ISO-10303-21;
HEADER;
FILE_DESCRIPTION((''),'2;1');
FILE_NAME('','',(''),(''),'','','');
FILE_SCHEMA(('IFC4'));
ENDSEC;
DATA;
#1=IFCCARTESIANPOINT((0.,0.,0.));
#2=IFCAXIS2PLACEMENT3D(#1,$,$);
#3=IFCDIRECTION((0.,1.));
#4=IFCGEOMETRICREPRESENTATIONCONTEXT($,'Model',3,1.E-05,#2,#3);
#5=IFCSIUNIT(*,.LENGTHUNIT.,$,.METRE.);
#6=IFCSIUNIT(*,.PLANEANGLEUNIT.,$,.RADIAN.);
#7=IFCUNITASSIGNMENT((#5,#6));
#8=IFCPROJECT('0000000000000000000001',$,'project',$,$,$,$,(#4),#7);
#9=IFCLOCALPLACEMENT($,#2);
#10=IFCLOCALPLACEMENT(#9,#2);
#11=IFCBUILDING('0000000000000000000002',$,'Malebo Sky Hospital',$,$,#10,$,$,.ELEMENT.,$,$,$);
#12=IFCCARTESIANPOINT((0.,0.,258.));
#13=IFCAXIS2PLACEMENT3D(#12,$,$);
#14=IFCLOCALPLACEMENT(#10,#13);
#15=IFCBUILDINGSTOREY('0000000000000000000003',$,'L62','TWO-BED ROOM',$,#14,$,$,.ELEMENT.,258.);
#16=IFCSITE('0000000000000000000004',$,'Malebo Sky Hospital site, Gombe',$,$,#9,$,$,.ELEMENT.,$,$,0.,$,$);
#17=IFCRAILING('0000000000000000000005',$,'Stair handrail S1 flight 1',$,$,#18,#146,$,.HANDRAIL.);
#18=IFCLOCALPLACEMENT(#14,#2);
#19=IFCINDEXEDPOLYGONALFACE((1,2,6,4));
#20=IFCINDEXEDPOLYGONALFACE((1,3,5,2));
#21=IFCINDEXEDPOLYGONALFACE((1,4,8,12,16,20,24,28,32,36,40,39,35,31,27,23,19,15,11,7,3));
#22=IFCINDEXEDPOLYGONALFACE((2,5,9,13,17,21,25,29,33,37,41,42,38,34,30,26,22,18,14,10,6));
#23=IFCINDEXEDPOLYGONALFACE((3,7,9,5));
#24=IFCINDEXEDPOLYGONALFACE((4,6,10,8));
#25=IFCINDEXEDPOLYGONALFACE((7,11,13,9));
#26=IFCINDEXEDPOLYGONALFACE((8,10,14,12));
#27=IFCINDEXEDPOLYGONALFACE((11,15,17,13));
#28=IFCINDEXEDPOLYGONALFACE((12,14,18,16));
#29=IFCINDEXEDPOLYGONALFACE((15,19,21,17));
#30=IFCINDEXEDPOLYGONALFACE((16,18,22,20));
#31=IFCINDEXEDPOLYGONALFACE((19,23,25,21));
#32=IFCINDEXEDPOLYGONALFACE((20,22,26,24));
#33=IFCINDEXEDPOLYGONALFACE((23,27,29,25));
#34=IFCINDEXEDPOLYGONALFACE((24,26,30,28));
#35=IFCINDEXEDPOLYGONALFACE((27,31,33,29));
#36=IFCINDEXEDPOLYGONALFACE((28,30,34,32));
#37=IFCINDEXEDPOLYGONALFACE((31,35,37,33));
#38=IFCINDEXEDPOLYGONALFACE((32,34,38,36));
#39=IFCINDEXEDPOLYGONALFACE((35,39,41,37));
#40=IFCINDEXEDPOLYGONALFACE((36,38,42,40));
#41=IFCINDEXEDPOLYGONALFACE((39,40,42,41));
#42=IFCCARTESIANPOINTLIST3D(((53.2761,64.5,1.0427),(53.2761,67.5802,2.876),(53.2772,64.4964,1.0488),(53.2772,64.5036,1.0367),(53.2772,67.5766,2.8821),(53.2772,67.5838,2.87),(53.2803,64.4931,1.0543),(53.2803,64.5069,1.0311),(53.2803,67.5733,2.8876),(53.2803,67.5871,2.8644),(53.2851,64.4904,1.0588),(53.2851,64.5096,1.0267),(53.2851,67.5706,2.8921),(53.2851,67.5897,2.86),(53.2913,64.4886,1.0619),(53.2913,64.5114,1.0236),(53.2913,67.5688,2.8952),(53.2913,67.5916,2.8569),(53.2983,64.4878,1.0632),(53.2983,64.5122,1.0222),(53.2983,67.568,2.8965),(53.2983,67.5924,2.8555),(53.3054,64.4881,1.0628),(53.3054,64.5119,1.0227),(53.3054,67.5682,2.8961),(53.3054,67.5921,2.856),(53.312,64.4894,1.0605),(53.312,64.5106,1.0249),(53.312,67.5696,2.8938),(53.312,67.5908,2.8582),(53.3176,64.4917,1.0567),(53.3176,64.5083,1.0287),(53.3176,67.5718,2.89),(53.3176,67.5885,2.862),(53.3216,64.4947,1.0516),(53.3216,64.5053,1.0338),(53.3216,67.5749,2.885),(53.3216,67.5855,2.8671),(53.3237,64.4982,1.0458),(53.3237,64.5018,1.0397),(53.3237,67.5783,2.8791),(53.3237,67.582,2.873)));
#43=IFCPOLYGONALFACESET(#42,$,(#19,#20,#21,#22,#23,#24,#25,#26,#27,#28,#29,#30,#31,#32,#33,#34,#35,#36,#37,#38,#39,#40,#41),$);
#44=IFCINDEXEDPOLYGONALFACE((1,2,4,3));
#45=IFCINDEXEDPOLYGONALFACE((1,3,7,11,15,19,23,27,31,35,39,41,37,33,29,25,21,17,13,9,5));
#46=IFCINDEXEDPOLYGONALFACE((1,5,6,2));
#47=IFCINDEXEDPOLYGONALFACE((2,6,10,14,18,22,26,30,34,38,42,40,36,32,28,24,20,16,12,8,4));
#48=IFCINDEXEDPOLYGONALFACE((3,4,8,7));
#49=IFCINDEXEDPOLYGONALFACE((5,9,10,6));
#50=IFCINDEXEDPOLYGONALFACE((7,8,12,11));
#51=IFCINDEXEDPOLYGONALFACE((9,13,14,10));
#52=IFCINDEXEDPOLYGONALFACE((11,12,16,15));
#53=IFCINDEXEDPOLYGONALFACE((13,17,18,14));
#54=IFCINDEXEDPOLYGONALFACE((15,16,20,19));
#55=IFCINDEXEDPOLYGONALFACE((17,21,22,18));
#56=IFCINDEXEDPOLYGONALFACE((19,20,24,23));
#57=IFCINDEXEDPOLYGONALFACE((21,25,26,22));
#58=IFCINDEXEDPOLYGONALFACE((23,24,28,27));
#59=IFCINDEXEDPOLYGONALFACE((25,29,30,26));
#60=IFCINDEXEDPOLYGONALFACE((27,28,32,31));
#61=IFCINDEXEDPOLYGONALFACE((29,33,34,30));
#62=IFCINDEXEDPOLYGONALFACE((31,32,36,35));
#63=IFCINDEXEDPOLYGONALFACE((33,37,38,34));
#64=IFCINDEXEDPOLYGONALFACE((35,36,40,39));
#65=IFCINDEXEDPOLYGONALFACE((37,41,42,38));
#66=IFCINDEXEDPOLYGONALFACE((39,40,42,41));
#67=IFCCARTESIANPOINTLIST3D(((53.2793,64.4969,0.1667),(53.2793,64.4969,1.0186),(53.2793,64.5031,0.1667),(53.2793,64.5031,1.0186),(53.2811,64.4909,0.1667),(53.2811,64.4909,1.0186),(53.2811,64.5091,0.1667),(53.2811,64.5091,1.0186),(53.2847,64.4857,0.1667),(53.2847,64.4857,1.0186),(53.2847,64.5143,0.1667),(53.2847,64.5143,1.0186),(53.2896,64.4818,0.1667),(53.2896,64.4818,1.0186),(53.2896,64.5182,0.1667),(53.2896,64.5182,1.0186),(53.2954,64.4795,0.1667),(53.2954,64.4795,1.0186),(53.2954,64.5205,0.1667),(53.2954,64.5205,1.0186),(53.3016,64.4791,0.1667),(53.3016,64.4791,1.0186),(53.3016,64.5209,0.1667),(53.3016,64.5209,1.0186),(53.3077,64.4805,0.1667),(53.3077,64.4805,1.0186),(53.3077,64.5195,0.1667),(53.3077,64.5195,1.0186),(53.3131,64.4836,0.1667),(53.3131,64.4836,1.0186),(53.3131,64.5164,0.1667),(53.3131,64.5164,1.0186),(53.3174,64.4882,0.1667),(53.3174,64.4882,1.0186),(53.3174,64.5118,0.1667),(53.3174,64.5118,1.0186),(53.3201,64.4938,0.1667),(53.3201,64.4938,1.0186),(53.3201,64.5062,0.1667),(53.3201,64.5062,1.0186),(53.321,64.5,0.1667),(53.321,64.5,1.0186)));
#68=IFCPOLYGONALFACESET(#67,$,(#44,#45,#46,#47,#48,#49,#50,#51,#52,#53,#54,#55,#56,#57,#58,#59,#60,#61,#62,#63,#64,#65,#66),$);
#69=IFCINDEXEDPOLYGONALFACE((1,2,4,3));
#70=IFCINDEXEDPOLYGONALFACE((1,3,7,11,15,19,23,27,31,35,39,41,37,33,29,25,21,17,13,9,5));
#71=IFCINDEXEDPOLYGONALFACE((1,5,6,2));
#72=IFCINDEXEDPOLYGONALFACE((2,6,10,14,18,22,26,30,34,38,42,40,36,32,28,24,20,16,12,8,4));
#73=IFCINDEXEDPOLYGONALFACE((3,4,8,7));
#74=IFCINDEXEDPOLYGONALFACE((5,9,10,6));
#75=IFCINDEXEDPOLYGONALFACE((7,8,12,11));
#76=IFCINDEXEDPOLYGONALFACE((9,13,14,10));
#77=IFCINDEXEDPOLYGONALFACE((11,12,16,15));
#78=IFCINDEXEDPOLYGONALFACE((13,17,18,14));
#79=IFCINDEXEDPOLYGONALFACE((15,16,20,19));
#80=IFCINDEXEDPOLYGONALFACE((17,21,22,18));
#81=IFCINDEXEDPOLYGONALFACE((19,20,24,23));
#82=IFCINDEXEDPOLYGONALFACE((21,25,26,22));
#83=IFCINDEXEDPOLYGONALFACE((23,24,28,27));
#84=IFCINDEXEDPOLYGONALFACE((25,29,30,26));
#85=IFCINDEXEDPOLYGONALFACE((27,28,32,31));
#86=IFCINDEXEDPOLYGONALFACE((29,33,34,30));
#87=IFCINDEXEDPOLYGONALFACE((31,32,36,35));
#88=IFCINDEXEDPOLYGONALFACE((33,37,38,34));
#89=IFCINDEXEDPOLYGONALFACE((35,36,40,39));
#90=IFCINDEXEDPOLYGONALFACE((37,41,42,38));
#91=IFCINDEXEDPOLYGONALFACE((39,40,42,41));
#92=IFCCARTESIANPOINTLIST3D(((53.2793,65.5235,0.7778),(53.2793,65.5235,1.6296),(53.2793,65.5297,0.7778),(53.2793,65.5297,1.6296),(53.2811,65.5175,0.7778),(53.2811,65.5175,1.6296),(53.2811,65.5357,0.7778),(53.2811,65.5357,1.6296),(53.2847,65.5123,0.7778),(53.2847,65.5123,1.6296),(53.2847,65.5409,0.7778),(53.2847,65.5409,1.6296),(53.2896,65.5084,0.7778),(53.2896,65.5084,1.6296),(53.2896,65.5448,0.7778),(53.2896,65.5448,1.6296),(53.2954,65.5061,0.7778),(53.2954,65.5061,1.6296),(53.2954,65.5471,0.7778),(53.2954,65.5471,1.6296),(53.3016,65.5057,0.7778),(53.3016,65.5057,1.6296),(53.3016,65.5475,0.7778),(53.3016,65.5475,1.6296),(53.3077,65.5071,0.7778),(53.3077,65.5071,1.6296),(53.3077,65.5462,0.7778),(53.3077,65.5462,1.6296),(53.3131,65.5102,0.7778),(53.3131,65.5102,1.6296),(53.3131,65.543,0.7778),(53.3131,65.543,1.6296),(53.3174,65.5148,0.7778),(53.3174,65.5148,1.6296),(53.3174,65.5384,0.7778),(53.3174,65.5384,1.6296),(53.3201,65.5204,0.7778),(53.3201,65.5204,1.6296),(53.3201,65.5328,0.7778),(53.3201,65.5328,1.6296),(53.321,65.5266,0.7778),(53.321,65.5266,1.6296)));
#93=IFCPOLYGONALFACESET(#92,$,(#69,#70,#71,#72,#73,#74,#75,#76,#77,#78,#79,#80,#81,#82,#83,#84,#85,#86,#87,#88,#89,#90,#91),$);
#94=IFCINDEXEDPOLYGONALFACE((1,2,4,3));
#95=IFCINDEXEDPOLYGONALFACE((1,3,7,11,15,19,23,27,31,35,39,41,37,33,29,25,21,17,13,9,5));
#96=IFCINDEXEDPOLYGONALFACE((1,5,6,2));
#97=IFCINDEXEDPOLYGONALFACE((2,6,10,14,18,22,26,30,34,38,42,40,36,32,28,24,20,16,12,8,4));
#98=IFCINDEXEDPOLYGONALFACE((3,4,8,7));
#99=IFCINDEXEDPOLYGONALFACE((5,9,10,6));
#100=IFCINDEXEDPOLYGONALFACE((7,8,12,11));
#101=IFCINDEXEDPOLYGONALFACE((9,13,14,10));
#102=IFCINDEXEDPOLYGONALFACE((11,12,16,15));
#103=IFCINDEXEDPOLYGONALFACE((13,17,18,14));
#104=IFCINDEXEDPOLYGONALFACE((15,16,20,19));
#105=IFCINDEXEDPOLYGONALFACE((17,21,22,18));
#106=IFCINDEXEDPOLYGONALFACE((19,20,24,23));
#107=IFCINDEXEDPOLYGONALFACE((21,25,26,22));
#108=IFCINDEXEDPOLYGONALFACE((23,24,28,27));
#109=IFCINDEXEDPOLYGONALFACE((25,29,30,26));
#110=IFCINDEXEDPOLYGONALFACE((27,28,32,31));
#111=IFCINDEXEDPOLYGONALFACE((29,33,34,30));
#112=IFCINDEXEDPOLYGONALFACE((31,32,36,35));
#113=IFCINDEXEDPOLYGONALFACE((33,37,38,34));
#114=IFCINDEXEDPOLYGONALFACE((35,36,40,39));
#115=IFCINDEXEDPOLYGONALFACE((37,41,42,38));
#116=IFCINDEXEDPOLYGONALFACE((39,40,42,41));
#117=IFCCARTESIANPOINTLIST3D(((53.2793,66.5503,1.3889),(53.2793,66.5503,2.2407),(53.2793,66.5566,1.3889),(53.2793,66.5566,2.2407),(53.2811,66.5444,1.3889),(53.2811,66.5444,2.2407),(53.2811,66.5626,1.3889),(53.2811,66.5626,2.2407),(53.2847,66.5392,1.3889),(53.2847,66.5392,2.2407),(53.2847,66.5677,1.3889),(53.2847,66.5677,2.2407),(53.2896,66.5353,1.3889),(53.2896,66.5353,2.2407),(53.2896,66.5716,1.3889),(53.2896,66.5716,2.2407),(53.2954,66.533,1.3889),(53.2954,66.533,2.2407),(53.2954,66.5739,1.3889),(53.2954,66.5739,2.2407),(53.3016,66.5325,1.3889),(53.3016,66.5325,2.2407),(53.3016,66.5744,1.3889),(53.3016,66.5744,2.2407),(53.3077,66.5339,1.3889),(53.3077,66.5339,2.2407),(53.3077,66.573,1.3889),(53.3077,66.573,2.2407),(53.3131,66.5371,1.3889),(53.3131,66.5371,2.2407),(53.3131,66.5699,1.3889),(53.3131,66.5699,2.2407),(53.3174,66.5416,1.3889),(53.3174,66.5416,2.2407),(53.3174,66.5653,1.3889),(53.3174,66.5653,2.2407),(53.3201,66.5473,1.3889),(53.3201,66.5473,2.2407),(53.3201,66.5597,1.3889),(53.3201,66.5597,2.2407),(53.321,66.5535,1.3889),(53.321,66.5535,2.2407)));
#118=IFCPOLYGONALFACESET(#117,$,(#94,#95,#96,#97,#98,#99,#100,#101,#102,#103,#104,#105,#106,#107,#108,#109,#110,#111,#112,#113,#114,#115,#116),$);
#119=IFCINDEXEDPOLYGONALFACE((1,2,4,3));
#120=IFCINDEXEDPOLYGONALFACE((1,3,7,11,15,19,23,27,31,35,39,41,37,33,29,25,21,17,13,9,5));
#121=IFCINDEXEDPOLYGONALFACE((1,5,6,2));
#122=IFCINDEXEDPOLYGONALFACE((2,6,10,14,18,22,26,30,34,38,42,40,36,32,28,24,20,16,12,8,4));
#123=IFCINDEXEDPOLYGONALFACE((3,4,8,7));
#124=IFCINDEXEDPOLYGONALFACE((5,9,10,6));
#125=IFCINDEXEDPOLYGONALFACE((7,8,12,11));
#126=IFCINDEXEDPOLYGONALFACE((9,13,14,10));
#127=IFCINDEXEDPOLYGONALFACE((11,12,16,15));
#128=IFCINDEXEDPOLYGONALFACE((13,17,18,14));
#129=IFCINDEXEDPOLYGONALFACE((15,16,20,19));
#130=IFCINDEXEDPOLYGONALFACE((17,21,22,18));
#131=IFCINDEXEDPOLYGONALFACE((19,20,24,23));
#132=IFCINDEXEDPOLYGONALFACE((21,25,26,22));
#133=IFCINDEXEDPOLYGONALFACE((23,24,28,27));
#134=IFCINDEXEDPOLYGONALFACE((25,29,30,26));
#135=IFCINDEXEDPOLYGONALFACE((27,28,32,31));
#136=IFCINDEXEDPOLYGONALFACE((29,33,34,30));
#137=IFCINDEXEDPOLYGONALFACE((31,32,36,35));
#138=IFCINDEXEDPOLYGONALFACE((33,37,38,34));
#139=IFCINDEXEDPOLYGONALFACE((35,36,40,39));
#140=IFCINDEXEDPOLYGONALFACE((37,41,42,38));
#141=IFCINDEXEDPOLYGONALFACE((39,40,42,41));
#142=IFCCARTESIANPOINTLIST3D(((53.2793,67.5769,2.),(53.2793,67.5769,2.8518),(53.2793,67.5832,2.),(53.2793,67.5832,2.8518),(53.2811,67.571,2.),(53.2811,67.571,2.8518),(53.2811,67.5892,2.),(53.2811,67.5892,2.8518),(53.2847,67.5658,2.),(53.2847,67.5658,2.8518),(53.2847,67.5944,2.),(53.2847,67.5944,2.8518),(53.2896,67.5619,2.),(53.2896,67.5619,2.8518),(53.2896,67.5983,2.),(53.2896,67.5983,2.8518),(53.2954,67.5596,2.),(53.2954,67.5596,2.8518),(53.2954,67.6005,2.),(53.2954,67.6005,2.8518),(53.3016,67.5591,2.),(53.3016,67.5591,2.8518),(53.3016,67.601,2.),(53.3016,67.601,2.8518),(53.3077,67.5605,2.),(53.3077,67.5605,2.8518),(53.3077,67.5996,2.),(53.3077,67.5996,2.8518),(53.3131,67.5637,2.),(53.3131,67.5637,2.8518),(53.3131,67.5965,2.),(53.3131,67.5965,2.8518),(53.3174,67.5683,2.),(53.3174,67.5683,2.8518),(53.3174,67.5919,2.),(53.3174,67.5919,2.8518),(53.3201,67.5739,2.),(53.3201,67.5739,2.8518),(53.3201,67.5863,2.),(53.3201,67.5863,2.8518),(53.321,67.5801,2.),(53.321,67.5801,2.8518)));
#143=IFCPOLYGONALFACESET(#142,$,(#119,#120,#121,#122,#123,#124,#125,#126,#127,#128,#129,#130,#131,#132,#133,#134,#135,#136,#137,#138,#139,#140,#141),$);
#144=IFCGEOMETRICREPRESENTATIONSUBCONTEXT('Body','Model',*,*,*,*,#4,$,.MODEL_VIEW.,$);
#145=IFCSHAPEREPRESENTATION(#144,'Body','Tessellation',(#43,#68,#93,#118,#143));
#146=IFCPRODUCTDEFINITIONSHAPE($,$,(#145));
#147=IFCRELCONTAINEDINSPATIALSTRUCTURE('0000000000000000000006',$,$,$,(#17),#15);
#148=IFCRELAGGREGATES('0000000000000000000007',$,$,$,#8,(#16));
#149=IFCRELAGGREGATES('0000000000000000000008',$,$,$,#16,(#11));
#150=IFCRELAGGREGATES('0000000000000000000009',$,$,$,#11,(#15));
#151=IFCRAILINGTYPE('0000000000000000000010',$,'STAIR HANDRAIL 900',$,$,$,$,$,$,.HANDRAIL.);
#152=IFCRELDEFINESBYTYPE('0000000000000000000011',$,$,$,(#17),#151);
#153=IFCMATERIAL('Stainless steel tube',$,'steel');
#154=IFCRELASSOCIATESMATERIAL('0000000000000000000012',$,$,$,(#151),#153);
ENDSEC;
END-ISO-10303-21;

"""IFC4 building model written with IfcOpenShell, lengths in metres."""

from ifc_helpers import new_model, si_unit, direction, frame, origin, origin_2d, place, context, subcontext, project, spatial, circle, extrude, material, type_object, element, save


model = new_model("IFC4")

# Units and contexts
model_context = context("Model", 3, precision=1e-05, world=origin(), true_north=direction((0.0, 1.0)))
body_context = subcontext(model_context, "Body", "Model", "MODEL_VIEW")
ifc_project = project(units=[si_unit("LENGTHUNIT", "METRE"), si_unit("PLANEANGLEUNIT", "RADIAN")], contexts=[model_context])

# Site, building, storey
site_placement = place(None, origin())
site = spatial("IfcSite", under=ifc_project, at=site_placement, Name="Malebo Sky Hospital site, Gombe", CompositionType="ELEMENT", RefElevation=0.0)
building_placement = place(site_placement, origin())
building = spatial("IfcBuilding", under=site, at=building_placement, Name="Malebo Sky Hospital", CompositionType="ELEMENT")
storey_placement = place(building_placement, frame((0.0, 0.0, 258.0)))
storey = spatial("IfcBuildingStorey", under=building, at=storey_placement, Name="L62", Description="TWO-BED ROOM", CompositionType="ELEMENT", Elevation=258.0)

# Railing
ifc_material_1 = material(Name="Stainless steel tube", Category="steel")
railing_type = type_object("IfcRailingType", Name="STAIR HANDRAIL 900", PredefinedType="HANDRAIL", material=ifc_material_1)
railing_placement = place(storey_placement, frame((53.3, 64.5, 0.1667)))
element("IfcRailing", 1, at=railing_placement, inside=storey, type_object=railing_type, Name="Stair handrail S1 flight 1", PredefinedType="HANDRAIL", context=body_context, shape_type="SweptSolid", body=[
    extrude(circle(Radius=0.0239, at=origin_2d()), frame((0.0, 0.0, 0.876), z_axis=(0.0, 0.859309, 0.511458), x_axis=(-1.0, 0.0, 0.0)), (0.0, 0.0, 1.0), 3.5845),
    extrude(circle(Radius=0.021, at=origin_2d()), origin(), (0.0, 0.0, 1.0), 0.8518),
    extrude(circle(Radius=0.021, at=origin_2d()), frame((0.0, 1.0266, 0.6111)), (0.0, 0.0, 1.0), 0.8518),
    extrude(circle(Radius=0.021, at=origin_2d()), frame((0.0, 2.0535, 1.2222)), (0.0, 0.0, 1.0), 0.8518),
    extrude(circle(Radius=0.021, at=origin_2d()), frame((0.0, 3.0801, 1.8333)), (0.0, 0.0, 1.0), 0.8518),
])

save(model, "model.ifc")
